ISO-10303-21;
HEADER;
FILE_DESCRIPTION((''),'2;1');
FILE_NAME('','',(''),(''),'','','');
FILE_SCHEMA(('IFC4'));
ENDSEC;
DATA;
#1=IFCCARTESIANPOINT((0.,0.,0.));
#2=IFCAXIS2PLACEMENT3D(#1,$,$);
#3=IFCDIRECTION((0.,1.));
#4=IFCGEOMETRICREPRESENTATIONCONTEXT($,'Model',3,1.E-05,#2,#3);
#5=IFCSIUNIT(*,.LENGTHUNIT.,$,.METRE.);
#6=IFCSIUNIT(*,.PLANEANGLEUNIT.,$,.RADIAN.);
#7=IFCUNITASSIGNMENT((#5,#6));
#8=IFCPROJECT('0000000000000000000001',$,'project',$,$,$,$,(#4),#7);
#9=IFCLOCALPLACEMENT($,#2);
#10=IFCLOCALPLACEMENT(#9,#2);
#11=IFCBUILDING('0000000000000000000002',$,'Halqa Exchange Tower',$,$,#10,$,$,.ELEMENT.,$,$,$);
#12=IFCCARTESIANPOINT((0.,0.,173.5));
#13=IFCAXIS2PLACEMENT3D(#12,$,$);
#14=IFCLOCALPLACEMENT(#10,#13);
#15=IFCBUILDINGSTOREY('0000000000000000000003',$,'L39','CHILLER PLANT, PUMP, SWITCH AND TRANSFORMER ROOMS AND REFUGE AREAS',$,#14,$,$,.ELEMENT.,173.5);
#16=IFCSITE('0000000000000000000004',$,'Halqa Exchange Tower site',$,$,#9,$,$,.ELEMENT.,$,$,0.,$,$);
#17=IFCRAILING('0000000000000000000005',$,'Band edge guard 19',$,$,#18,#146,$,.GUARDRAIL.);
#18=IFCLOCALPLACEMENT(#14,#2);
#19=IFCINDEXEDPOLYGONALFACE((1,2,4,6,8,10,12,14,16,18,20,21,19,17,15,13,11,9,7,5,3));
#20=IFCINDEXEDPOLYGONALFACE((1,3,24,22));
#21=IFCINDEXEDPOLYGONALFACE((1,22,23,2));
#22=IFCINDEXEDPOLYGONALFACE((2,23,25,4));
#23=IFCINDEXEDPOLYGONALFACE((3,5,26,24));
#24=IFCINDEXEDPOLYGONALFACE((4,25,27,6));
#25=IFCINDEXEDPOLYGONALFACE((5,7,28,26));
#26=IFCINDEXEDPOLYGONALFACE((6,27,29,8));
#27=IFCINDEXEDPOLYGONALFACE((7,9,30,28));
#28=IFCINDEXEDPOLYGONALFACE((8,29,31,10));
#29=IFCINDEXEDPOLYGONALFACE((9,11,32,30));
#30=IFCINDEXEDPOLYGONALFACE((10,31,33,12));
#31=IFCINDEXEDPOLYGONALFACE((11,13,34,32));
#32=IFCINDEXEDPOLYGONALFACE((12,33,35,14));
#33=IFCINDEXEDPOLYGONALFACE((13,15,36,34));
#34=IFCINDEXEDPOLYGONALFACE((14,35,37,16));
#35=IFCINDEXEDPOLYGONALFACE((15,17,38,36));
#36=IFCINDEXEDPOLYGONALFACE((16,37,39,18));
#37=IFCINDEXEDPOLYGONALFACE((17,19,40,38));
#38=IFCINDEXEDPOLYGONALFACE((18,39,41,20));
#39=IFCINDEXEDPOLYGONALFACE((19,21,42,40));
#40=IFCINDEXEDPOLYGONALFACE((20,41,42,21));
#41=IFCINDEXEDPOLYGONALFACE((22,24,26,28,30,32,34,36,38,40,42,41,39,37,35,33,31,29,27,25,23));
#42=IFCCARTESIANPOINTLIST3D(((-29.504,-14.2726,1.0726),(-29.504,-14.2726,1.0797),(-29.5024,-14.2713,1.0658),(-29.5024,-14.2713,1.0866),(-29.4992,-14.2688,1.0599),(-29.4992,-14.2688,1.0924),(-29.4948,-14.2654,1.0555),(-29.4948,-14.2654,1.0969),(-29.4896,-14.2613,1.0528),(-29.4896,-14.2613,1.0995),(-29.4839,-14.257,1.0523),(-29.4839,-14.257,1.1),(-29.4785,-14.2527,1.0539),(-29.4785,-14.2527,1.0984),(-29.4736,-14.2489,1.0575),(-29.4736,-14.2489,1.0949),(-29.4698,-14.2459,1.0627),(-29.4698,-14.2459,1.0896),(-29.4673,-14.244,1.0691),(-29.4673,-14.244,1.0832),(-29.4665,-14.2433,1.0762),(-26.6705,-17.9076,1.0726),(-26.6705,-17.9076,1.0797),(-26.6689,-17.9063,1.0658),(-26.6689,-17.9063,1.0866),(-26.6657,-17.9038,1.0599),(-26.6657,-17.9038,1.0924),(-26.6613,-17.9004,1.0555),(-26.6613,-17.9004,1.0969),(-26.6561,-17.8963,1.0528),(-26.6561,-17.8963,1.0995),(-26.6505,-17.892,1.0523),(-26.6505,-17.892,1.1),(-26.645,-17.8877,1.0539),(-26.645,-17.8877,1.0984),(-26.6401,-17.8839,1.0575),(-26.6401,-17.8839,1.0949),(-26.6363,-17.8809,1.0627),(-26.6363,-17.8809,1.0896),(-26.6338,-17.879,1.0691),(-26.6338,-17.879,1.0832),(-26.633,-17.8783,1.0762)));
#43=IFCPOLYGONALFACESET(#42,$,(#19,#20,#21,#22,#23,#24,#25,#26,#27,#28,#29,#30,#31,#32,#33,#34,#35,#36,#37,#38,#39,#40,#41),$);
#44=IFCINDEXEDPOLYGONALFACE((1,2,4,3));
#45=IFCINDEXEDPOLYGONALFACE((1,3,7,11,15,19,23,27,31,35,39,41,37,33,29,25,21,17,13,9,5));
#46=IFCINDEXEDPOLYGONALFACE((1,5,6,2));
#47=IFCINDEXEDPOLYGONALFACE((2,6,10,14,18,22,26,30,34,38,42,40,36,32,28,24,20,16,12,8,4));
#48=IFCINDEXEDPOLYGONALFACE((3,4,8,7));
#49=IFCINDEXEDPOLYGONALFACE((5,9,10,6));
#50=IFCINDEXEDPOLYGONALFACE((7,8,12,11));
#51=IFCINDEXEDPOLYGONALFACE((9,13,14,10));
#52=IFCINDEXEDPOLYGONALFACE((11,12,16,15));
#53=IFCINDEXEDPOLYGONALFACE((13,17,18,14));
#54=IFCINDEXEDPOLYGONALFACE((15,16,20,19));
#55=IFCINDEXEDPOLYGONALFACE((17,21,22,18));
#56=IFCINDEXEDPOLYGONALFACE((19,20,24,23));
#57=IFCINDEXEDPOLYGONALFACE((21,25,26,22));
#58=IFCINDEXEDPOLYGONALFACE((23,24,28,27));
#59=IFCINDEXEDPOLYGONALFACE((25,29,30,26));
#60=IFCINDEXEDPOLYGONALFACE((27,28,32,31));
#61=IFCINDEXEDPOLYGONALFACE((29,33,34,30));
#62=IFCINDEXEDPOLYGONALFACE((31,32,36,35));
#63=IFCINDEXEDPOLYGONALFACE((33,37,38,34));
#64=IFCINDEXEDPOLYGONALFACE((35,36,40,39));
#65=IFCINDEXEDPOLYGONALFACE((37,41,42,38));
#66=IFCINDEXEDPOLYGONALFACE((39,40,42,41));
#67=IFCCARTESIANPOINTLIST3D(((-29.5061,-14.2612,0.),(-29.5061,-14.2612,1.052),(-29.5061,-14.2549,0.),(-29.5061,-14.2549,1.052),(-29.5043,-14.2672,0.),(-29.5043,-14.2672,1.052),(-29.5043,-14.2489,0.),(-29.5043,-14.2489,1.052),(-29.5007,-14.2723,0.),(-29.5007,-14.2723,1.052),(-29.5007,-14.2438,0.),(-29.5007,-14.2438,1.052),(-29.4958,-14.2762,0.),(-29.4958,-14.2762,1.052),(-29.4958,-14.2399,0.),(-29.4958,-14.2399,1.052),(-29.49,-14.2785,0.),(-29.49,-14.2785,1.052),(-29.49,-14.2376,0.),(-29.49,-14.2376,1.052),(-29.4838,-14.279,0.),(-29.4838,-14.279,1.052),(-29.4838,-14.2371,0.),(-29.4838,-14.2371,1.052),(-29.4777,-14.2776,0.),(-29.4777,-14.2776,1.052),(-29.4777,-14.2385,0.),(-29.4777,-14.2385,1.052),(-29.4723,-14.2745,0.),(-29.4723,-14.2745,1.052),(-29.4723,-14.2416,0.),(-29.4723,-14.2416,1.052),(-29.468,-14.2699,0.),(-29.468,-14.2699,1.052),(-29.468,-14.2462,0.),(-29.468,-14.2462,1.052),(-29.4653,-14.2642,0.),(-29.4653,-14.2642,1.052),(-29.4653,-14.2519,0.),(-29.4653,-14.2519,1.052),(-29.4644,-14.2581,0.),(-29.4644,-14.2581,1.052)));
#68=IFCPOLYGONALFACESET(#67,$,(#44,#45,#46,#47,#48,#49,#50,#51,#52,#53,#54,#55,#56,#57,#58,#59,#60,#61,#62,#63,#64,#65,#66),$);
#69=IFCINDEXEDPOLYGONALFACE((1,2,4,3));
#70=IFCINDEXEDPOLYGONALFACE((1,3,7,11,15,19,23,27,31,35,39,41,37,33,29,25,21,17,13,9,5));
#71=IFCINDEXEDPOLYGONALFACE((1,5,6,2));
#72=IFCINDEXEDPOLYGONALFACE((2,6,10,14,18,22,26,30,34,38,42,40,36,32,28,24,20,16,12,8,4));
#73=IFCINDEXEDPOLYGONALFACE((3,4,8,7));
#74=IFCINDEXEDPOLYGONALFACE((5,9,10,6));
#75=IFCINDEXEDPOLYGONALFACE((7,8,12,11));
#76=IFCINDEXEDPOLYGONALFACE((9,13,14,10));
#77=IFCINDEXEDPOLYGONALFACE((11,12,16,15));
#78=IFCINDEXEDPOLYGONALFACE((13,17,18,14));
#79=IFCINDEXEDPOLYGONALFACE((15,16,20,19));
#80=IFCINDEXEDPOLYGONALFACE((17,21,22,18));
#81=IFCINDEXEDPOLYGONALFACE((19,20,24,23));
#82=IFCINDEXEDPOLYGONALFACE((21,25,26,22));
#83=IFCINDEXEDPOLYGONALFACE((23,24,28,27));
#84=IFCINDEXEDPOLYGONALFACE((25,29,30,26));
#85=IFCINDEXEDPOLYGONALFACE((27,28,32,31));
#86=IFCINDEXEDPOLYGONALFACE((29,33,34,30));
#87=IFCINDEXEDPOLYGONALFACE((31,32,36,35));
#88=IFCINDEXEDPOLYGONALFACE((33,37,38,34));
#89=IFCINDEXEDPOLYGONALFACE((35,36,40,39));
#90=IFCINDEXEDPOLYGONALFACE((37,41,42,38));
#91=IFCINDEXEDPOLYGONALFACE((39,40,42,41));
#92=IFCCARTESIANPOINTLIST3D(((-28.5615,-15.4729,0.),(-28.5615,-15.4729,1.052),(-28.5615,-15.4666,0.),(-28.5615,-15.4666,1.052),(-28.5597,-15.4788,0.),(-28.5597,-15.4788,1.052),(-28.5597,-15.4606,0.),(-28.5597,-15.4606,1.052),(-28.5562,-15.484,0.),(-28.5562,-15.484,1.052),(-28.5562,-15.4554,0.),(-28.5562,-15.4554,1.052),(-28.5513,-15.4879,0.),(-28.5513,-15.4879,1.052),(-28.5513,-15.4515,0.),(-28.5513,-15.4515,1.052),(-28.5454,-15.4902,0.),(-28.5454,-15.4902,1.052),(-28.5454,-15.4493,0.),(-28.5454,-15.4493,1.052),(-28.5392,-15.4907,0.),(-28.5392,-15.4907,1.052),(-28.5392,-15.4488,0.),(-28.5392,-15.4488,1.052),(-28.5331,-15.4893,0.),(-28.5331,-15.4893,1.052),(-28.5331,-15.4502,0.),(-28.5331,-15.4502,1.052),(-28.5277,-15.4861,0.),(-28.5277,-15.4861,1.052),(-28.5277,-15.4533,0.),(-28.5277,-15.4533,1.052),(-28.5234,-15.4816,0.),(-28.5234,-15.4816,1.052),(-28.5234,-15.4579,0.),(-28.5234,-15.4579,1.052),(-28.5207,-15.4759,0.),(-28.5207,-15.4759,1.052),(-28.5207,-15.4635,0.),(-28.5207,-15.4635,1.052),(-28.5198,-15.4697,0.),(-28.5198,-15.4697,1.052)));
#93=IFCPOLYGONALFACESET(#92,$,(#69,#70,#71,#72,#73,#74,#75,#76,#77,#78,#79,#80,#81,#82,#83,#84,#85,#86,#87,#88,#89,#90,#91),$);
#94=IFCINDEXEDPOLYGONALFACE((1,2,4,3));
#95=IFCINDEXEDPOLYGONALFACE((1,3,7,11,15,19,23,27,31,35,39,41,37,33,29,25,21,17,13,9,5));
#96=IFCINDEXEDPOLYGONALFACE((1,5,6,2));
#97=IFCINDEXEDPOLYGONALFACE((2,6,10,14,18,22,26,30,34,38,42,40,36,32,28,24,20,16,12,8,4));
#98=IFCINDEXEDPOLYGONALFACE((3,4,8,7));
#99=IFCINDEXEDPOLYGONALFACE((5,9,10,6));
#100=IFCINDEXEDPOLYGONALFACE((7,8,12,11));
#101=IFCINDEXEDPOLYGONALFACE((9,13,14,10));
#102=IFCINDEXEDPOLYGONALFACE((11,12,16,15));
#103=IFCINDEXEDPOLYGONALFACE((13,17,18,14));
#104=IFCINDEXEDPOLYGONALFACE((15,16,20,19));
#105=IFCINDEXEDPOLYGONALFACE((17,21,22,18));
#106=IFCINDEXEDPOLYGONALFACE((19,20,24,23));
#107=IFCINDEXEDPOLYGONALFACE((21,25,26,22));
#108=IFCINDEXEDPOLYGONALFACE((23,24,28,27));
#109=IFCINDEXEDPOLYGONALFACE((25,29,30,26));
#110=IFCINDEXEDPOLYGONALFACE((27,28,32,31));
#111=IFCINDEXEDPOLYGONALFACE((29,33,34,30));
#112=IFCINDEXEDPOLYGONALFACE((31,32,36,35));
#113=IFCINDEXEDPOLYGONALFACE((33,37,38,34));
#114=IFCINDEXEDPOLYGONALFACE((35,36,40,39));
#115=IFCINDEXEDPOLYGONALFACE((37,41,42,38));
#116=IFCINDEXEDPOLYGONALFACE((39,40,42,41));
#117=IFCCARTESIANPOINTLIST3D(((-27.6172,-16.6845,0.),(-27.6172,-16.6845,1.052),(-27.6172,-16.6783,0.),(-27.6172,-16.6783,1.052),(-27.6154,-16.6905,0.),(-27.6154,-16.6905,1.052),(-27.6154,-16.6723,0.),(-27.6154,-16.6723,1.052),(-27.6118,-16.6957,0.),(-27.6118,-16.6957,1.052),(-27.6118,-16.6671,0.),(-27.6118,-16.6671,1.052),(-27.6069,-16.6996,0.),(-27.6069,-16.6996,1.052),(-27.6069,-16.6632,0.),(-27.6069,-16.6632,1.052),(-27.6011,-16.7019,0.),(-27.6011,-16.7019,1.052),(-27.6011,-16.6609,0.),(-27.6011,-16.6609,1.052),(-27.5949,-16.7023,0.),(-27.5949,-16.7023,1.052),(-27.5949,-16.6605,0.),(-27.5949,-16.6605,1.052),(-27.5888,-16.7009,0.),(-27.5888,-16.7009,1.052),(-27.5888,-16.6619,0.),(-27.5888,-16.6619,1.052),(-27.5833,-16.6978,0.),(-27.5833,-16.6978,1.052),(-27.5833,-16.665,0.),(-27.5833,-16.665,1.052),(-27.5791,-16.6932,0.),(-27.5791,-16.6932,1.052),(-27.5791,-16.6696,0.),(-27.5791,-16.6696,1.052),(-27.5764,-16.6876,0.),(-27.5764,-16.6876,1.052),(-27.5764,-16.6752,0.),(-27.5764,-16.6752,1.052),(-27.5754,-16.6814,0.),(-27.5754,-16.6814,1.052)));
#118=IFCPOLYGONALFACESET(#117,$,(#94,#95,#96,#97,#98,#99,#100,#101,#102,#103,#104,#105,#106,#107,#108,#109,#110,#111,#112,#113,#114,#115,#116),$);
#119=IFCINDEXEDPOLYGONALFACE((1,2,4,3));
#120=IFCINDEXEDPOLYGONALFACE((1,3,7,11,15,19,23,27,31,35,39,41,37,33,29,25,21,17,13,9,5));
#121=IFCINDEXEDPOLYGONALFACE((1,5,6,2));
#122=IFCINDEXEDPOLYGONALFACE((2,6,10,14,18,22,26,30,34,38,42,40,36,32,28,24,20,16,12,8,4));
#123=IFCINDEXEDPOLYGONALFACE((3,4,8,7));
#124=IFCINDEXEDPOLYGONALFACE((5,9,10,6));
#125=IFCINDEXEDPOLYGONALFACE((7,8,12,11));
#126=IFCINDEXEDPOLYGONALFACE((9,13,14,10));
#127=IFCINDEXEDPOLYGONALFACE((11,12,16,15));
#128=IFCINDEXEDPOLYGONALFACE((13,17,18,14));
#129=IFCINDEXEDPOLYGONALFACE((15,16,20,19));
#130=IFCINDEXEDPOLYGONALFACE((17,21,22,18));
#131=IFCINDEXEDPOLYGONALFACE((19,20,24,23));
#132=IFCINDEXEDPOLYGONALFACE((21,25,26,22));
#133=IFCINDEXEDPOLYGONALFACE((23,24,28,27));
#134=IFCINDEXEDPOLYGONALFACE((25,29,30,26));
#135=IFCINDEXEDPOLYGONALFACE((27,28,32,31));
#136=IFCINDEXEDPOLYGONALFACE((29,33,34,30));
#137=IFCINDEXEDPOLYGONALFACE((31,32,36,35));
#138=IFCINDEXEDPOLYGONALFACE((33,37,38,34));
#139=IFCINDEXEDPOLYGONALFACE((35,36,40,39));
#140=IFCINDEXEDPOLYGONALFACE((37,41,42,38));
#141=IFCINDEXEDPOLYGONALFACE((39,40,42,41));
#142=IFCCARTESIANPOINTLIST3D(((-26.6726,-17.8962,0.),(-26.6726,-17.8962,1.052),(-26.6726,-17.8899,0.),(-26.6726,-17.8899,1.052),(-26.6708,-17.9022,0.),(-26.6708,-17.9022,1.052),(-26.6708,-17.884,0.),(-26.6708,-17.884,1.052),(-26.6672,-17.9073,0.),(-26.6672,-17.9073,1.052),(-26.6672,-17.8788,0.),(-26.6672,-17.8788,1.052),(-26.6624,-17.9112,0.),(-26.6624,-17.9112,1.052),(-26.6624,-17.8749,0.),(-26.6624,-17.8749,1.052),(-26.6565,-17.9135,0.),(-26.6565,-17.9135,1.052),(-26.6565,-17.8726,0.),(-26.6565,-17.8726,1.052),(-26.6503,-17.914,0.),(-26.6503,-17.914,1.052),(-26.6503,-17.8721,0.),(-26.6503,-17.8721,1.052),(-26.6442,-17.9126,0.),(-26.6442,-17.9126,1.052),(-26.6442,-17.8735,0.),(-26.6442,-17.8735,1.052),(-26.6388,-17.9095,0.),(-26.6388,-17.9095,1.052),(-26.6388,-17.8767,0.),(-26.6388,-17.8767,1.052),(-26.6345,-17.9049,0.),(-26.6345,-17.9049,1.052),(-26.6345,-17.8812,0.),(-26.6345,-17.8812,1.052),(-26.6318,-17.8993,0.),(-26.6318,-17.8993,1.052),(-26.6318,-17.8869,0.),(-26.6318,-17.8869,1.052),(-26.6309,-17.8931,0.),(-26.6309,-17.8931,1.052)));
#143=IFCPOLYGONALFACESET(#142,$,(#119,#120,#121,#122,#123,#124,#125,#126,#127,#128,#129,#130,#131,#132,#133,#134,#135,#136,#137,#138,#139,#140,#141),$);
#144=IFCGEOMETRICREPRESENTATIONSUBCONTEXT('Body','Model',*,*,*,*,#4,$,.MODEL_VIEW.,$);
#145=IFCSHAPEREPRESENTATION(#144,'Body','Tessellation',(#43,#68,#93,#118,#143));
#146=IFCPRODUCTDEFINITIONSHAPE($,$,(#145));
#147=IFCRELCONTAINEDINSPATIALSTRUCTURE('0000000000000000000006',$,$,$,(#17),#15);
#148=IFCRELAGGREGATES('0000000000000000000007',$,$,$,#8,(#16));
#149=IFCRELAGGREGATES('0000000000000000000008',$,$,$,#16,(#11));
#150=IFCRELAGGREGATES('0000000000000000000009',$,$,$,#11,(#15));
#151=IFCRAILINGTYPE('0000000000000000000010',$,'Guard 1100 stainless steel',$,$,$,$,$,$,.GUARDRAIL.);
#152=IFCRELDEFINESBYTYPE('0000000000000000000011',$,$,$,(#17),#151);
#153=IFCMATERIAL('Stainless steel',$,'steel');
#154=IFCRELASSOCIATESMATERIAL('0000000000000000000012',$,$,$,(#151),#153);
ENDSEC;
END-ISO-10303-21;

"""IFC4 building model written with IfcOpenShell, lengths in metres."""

from ifc_helpers import new_model, si_unit, direction, frame, origin, origin_2d, place, context, subcontext, project, spatial, circle, extrude, material, type_object, element, save


model = new_model("IFC4")

# Units and contexts
model_context = context("Model", 3, precision=1e-05, world=origin(), true_north=direction((0.0, 1.0)))
body_context = subcontext(model_context, "Body", "Model", "MODEL_VIEW")
ifc_project = project(units=[si_unit("LENGTHUNIT", "METRE"), si_unit("PLANEANGLEUNIT", "RADIAN")], contexts=[model_context])

# Site, building, storey
site_placement = place(None, origin())
site = spatial("IfcSite", under=ifc_project, at=site_placement, Name="Halqa Exchange Tower site", CompositionType="ELEMENT", RefElevation=0.0)
building_placement = place(site_placement, origin())
building = spatial("IfcBuilding", under=site, at=building_placement, Name="Halqa Exchange Tower", CompositionType="ELEMENT")
storey_placement = place(building_placement, frame((0.0, 0.0, 173.5)))
storey = spatial("IfcBuildingStorey", under=building, at=storey_placement, Name="L39", Description="CHILLER PLANT, PUMP, SWITCH AND TRANSFORMER ROOMS AND REFUGE AREAS", CompositionType="ELEMENT", Elevation=173.5)

# Railing
ifc_material_1 = material(Name="Stainless steel", Category="steel")
railing_type = type_object("IfcRailingType", Name="Guard 1100 stainless steel", PredefinedType="GUARDRAIL", material=ifc_material_1)
railing_1_placement = place(storey_placement, frame((-29.4854, -14.2581, 0.0)))
element("IfcRailing", 1, at=railing_1_placement, inside=storey, type_object=railing_type, Name="Band edge guard 19", PredefinedType="GUARDRAIL", context=body_context, shape_type="SweptSolid", body=[
    extrude(circle(Radius=0.0239, at=origin_2d()), frame((0.0, 0.0, 1.0762), z_axis=(0.614787, -0.788693, 0.0), x_axis=(0.788693, 0.614787, 0.0)), (0.0, 0.0, 1.0), 4.6089),
    extrude(circle(Radius=0.021, at=origin_2d()), origin(), (0.0, 0.0, 1.0), 1.052),
    extrude(circle(Radius=0.021, at=origin_2d()), frame((0.9446, -1.2117, 0.0)), (0.0, 0.0, 1.0), 1.052),
    extrude(circle(Radius=0.021, at=origin_2d()), frame((1.8889, -2.4233, 0.0)), (0.0, 0.0, 1.0), 1.052),
    extrude(circle(Radius=0.021, at=origin_2d()), frame((2.8335, -3.635, 0.0)), (0.0, 0.0, 1.0), 1.052),
])

save(model, "model.ifc")
